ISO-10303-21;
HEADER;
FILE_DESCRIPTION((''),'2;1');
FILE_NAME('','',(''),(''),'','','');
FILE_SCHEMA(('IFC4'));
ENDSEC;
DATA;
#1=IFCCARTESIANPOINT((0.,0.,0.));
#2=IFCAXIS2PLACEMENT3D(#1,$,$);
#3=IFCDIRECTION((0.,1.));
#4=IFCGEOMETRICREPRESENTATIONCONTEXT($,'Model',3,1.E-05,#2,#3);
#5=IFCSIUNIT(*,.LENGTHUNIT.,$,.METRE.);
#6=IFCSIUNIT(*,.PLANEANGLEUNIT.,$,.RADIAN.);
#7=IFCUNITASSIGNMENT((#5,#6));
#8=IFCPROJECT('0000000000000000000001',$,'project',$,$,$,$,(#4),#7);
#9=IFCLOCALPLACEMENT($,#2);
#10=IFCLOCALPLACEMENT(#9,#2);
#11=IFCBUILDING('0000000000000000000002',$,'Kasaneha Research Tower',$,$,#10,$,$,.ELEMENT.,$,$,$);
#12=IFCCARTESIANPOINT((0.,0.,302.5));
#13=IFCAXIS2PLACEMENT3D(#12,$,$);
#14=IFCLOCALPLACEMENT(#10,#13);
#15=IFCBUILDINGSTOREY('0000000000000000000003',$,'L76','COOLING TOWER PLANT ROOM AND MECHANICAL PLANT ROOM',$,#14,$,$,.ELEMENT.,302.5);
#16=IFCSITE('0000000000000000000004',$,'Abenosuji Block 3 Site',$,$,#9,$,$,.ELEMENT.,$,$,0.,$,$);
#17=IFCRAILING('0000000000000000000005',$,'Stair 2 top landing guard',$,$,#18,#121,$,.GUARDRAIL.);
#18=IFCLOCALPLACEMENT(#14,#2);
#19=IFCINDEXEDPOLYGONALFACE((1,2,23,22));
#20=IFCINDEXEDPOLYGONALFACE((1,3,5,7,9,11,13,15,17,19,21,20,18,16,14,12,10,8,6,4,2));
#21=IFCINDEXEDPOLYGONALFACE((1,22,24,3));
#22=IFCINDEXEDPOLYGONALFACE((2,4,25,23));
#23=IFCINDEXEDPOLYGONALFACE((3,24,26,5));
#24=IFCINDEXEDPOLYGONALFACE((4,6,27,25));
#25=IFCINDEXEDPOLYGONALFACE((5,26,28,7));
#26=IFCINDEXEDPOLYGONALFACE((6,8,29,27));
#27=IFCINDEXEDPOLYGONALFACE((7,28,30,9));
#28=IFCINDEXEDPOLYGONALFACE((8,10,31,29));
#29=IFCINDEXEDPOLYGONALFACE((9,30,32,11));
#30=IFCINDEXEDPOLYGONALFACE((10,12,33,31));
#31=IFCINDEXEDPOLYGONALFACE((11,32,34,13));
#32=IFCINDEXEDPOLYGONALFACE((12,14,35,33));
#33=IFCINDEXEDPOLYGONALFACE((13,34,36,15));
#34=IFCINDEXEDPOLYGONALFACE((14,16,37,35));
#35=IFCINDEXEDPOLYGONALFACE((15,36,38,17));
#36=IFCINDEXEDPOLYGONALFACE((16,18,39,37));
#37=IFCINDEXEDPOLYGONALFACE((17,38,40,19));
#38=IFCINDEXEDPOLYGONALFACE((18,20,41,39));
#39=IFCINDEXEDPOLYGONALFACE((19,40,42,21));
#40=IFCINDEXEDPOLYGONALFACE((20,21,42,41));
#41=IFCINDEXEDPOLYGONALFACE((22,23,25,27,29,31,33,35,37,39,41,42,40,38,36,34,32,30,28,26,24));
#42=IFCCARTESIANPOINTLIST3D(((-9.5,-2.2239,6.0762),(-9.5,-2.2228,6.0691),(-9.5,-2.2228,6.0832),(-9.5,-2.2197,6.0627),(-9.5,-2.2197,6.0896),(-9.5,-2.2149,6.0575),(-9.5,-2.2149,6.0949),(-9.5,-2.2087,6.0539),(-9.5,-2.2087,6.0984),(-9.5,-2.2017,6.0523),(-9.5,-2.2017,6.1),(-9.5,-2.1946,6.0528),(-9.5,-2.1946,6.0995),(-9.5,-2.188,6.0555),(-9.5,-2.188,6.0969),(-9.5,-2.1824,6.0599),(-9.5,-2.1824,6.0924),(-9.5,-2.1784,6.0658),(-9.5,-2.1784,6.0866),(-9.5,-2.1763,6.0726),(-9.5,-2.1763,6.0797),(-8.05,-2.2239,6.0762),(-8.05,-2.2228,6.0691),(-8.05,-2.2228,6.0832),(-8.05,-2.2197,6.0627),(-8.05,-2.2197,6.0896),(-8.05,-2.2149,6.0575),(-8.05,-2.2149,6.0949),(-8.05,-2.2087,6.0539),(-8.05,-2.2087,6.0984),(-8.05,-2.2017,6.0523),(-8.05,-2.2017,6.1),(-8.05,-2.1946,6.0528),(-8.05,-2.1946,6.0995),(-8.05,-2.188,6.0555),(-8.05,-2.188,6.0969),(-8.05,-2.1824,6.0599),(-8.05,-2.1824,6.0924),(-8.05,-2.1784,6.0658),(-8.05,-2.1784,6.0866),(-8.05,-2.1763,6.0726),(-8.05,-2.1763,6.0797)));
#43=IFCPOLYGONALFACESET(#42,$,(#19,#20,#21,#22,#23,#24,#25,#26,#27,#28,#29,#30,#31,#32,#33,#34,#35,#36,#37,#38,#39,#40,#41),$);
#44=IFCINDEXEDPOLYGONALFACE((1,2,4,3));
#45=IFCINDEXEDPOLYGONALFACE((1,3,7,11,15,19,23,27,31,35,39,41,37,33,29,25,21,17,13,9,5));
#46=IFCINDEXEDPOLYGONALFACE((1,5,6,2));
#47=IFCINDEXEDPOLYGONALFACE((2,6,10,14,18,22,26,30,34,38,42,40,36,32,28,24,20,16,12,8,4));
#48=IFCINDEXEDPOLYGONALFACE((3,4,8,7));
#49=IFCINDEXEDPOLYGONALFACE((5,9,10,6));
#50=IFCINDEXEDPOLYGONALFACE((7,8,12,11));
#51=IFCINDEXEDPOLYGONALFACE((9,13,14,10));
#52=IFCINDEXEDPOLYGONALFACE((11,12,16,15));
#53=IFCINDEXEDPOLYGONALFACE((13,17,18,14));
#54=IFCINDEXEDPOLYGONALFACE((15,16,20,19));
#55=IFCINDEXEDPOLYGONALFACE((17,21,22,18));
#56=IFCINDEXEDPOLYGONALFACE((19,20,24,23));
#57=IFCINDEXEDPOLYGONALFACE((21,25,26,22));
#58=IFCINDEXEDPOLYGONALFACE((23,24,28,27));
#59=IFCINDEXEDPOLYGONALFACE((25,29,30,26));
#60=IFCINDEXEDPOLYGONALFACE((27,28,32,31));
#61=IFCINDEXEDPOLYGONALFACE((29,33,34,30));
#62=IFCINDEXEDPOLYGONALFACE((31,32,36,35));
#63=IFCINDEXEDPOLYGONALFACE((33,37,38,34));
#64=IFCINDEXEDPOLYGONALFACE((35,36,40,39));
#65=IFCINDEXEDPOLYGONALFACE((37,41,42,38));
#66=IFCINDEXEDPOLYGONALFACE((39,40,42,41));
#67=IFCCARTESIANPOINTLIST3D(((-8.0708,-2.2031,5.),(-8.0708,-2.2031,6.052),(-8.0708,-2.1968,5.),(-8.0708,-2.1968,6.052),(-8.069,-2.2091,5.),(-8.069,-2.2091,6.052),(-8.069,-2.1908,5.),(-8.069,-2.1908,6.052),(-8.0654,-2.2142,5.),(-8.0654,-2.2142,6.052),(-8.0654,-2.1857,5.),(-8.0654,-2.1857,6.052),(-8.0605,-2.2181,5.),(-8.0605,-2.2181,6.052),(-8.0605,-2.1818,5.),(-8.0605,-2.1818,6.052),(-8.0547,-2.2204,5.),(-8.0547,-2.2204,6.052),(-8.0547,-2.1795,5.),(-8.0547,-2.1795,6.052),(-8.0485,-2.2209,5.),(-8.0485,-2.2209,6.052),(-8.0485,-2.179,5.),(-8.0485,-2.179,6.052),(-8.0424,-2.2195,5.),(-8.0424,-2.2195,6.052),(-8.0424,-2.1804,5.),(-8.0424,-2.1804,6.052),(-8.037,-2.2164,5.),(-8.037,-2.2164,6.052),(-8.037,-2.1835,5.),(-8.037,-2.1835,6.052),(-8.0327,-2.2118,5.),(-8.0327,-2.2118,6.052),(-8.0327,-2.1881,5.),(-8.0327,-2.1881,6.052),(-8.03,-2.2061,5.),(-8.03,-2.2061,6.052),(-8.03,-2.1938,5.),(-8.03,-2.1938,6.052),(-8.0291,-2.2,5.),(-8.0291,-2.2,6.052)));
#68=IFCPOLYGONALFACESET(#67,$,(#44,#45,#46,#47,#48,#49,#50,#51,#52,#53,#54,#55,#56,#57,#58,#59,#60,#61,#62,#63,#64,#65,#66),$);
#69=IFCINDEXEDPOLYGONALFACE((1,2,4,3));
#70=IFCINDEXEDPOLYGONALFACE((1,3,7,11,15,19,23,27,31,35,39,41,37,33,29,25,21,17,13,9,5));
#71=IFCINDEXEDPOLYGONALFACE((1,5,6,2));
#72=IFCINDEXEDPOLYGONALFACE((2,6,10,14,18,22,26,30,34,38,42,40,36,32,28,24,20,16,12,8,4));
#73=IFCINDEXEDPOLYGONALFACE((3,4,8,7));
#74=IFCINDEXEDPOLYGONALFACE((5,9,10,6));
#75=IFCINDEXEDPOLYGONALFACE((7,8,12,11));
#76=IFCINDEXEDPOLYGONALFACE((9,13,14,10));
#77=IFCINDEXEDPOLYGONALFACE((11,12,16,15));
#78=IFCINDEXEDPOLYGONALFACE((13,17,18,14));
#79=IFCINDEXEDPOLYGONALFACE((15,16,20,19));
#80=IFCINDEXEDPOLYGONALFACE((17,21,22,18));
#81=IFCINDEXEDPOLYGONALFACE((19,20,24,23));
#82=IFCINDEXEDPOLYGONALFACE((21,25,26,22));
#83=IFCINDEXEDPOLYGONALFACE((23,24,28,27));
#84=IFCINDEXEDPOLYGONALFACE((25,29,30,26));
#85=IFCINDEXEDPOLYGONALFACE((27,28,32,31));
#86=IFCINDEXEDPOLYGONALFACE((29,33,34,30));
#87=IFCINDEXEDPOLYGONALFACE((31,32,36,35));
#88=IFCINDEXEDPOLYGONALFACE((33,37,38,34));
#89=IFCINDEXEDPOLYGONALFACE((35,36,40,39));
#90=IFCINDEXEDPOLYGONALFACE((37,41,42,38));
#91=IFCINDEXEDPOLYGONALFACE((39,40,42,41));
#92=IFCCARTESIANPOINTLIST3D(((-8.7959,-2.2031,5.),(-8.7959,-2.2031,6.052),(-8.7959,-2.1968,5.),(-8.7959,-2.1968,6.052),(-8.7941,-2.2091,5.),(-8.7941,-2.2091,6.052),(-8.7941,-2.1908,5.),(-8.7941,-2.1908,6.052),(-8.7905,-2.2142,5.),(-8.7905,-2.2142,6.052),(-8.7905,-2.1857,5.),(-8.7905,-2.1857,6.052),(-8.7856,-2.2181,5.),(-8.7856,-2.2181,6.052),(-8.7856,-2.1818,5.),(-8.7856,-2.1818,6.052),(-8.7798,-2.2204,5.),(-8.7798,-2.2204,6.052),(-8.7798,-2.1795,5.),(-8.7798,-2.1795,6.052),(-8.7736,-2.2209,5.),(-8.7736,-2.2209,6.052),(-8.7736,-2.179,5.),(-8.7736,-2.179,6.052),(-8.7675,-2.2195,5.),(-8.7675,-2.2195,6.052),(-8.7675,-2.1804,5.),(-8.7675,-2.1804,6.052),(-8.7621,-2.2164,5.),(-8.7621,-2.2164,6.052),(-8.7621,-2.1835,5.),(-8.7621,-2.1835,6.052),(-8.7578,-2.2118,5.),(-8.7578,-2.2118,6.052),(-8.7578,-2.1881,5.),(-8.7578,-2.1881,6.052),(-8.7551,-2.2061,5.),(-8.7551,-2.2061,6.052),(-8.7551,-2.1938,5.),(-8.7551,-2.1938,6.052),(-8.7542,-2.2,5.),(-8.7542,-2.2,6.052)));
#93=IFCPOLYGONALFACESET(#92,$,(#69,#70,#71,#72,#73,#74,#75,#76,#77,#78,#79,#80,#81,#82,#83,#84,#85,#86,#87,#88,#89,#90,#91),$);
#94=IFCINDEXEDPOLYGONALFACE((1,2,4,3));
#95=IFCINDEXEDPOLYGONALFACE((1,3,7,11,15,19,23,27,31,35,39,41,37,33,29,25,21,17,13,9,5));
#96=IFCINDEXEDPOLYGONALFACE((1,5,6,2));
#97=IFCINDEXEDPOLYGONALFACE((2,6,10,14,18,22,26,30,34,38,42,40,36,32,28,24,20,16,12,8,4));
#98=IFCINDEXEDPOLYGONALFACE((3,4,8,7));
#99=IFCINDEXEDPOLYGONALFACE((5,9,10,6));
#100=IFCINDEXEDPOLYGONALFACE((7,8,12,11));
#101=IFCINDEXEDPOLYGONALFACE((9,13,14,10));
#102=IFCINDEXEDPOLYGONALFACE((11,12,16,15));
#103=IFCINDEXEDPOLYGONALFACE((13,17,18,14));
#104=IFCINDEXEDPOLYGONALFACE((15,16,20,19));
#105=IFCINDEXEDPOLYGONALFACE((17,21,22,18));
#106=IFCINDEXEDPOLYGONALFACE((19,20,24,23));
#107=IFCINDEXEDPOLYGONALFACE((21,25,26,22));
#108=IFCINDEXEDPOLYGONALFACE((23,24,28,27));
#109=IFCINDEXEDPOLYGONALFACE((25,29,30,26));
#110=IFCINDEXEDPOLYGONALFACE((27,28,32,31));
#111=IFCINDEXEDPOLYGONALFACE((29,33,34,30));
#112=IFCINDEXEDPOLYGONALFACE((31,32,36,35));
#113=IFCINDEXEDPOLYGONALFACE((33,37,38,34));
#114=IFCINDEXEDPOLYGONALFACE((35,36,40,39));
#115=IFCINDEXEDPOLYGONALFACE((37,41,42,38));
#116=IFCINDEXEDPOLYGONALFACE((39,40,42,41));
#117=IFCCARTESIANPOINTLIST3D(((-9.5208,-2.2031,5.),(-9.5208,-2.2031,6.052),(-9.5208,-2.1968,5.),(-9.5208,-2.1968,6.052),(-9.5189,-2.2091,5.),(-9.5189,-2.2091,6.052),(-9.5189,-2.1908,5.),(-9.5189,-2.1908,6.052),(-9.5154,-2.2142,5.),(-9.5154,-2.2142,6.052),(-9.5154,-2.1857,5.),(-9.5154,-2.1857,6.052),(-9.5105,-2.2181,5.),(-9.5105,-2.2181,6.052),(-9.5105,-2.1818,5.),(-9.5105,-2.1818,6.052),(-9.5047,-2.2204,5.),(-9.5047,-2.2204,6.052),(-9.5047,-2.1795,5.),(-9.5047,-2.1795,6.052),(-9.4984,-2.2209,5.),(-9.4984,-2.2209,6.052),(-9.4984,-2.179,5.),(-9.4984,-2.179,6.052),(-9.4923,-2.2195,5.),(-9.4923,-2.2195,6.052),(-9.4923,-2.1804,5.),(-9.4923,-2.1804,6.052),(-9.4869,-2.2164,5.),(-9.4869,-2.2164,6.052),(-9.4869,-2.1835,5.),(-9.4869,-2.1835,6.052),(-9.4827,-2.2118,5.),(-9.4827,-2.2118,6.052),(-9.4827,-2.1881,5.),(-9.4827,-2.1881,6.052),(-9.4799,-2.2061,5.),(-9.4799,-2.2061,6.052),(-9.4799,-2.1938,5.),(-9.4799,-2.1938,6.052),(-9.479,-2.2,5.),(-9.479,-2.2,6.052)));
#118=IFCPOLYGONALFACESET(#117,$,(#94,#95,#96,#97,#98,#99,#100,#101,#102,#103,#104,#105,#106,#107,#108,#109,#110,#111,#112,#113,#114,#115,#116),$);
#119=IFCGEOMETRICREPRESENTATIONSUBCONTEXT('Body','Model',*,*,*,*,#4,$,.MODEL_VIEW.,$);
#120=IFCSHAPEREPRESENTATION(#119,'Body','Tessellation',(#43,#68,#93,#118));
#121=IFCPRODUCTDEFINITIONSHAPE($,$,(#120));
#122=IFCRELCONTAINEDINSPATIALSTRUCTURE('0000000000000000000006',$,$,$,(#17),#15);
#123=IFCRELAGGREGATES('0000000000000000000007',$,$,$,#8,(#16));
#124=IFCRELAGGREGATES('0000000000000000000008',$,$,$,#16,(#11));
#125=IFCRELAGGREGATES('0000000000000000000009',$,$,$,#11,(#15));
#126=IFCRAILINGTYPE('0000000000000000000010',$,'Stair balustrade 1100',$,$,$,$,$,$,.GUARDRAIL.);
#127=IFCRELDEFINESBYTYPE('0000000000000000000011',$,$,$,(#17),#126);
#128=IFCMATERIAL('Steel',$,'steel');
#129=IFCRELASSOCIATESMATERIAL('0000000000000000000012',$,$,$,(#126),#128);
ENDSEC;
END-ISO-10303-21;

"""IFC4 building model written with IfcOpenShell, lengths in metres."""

from ifc_helpers import new_model, si_unit, direction, frame, origin, origin_2d, place, context, subcontext, project, spatial, circle, extrude, material, type_object, element, save


model = new_model("IFC4")

# Units and contexts
model_context = context("Model", 3, precision=1e-05, world=origin(), true_north=direction((0.0, 1.0)))
body_context = subcontext(model_context, "Body", "Model", "MODEL_VIEW")
ifc_project = project(units=[si_unit("LENGTHUNIT", "METRE"), si_unit("PLANEANGLEUNIT", "RADIAN")], contexts=[model_context])

# Site, building, storey
site_placement = place(None, origin())
site = spatial("IfcSite", under=ifc_project, at=site_placement, Name="Abenosuji Block 3 Site", CompositionType="ELEMENT", RefElevation=0.0)
building_placement = place(site_placement, origin())
building = spatial("IfcBuilding", under=site, at=building_placement, Name="Kasaneha Research Tower", CompositionType="ELEMENT")
storey_placement = place(building_placement, frame((0.0, 0.0, 302.5)))
storey = spatial("IfcBuildingStorey", under=building, at=storey_placement, Name="L76", Description="COOLING TOWER PLANT ROOM AND MECHANICAL PLANT ROOM", CompositionType="ELEMENT", Elevation=302.5)

# Railing
ifc_material_1 = material(Name="Steel", Category="steel")
railing_type = type_object("IfcRailingType", Name="Stair balustrade 1100", PredefinedType="GUARDRAIL", material=ifc_material_1)
railing_placement = place(storey_placement, frame((-8.05, -2.2, 5.0)))
element("IfcRailing", 1, at=railing_placement, inside=storey, type_object=railing_type, Name="Stair 2 top landing guard", PredefinedType="GUARDRAIL", context=body_context, shape_type="SweptSolid", body=[
    extrude(circle(Radius=0.0239, at=origin_2d()), frame((0.0, 0.0, 1.0762), z_axis=(-1.0, 0.0, 0.0), x_axis=(0.0, -1.0, 0.0)), (0.0, 0.0, 1.0), 1.45),
    extrude(circle(Radius=0.021, at=origin_2d()), origin(), (0.0, 0.0, 1.0), 1.052),
    extrude(circle(Radius=0.021, at=origin_2d()), frame((-0.7251, 0.0, 0.0)), (0.0, 0.0, 1.0), 1.052),
    extrude(circle(Radius=0.021, at=origin_2d()), frame((-1.45, 0.0, 0.0)), (0.0, 0.0, 1.0), 1.052),
])

save(model, "model.ifc")
